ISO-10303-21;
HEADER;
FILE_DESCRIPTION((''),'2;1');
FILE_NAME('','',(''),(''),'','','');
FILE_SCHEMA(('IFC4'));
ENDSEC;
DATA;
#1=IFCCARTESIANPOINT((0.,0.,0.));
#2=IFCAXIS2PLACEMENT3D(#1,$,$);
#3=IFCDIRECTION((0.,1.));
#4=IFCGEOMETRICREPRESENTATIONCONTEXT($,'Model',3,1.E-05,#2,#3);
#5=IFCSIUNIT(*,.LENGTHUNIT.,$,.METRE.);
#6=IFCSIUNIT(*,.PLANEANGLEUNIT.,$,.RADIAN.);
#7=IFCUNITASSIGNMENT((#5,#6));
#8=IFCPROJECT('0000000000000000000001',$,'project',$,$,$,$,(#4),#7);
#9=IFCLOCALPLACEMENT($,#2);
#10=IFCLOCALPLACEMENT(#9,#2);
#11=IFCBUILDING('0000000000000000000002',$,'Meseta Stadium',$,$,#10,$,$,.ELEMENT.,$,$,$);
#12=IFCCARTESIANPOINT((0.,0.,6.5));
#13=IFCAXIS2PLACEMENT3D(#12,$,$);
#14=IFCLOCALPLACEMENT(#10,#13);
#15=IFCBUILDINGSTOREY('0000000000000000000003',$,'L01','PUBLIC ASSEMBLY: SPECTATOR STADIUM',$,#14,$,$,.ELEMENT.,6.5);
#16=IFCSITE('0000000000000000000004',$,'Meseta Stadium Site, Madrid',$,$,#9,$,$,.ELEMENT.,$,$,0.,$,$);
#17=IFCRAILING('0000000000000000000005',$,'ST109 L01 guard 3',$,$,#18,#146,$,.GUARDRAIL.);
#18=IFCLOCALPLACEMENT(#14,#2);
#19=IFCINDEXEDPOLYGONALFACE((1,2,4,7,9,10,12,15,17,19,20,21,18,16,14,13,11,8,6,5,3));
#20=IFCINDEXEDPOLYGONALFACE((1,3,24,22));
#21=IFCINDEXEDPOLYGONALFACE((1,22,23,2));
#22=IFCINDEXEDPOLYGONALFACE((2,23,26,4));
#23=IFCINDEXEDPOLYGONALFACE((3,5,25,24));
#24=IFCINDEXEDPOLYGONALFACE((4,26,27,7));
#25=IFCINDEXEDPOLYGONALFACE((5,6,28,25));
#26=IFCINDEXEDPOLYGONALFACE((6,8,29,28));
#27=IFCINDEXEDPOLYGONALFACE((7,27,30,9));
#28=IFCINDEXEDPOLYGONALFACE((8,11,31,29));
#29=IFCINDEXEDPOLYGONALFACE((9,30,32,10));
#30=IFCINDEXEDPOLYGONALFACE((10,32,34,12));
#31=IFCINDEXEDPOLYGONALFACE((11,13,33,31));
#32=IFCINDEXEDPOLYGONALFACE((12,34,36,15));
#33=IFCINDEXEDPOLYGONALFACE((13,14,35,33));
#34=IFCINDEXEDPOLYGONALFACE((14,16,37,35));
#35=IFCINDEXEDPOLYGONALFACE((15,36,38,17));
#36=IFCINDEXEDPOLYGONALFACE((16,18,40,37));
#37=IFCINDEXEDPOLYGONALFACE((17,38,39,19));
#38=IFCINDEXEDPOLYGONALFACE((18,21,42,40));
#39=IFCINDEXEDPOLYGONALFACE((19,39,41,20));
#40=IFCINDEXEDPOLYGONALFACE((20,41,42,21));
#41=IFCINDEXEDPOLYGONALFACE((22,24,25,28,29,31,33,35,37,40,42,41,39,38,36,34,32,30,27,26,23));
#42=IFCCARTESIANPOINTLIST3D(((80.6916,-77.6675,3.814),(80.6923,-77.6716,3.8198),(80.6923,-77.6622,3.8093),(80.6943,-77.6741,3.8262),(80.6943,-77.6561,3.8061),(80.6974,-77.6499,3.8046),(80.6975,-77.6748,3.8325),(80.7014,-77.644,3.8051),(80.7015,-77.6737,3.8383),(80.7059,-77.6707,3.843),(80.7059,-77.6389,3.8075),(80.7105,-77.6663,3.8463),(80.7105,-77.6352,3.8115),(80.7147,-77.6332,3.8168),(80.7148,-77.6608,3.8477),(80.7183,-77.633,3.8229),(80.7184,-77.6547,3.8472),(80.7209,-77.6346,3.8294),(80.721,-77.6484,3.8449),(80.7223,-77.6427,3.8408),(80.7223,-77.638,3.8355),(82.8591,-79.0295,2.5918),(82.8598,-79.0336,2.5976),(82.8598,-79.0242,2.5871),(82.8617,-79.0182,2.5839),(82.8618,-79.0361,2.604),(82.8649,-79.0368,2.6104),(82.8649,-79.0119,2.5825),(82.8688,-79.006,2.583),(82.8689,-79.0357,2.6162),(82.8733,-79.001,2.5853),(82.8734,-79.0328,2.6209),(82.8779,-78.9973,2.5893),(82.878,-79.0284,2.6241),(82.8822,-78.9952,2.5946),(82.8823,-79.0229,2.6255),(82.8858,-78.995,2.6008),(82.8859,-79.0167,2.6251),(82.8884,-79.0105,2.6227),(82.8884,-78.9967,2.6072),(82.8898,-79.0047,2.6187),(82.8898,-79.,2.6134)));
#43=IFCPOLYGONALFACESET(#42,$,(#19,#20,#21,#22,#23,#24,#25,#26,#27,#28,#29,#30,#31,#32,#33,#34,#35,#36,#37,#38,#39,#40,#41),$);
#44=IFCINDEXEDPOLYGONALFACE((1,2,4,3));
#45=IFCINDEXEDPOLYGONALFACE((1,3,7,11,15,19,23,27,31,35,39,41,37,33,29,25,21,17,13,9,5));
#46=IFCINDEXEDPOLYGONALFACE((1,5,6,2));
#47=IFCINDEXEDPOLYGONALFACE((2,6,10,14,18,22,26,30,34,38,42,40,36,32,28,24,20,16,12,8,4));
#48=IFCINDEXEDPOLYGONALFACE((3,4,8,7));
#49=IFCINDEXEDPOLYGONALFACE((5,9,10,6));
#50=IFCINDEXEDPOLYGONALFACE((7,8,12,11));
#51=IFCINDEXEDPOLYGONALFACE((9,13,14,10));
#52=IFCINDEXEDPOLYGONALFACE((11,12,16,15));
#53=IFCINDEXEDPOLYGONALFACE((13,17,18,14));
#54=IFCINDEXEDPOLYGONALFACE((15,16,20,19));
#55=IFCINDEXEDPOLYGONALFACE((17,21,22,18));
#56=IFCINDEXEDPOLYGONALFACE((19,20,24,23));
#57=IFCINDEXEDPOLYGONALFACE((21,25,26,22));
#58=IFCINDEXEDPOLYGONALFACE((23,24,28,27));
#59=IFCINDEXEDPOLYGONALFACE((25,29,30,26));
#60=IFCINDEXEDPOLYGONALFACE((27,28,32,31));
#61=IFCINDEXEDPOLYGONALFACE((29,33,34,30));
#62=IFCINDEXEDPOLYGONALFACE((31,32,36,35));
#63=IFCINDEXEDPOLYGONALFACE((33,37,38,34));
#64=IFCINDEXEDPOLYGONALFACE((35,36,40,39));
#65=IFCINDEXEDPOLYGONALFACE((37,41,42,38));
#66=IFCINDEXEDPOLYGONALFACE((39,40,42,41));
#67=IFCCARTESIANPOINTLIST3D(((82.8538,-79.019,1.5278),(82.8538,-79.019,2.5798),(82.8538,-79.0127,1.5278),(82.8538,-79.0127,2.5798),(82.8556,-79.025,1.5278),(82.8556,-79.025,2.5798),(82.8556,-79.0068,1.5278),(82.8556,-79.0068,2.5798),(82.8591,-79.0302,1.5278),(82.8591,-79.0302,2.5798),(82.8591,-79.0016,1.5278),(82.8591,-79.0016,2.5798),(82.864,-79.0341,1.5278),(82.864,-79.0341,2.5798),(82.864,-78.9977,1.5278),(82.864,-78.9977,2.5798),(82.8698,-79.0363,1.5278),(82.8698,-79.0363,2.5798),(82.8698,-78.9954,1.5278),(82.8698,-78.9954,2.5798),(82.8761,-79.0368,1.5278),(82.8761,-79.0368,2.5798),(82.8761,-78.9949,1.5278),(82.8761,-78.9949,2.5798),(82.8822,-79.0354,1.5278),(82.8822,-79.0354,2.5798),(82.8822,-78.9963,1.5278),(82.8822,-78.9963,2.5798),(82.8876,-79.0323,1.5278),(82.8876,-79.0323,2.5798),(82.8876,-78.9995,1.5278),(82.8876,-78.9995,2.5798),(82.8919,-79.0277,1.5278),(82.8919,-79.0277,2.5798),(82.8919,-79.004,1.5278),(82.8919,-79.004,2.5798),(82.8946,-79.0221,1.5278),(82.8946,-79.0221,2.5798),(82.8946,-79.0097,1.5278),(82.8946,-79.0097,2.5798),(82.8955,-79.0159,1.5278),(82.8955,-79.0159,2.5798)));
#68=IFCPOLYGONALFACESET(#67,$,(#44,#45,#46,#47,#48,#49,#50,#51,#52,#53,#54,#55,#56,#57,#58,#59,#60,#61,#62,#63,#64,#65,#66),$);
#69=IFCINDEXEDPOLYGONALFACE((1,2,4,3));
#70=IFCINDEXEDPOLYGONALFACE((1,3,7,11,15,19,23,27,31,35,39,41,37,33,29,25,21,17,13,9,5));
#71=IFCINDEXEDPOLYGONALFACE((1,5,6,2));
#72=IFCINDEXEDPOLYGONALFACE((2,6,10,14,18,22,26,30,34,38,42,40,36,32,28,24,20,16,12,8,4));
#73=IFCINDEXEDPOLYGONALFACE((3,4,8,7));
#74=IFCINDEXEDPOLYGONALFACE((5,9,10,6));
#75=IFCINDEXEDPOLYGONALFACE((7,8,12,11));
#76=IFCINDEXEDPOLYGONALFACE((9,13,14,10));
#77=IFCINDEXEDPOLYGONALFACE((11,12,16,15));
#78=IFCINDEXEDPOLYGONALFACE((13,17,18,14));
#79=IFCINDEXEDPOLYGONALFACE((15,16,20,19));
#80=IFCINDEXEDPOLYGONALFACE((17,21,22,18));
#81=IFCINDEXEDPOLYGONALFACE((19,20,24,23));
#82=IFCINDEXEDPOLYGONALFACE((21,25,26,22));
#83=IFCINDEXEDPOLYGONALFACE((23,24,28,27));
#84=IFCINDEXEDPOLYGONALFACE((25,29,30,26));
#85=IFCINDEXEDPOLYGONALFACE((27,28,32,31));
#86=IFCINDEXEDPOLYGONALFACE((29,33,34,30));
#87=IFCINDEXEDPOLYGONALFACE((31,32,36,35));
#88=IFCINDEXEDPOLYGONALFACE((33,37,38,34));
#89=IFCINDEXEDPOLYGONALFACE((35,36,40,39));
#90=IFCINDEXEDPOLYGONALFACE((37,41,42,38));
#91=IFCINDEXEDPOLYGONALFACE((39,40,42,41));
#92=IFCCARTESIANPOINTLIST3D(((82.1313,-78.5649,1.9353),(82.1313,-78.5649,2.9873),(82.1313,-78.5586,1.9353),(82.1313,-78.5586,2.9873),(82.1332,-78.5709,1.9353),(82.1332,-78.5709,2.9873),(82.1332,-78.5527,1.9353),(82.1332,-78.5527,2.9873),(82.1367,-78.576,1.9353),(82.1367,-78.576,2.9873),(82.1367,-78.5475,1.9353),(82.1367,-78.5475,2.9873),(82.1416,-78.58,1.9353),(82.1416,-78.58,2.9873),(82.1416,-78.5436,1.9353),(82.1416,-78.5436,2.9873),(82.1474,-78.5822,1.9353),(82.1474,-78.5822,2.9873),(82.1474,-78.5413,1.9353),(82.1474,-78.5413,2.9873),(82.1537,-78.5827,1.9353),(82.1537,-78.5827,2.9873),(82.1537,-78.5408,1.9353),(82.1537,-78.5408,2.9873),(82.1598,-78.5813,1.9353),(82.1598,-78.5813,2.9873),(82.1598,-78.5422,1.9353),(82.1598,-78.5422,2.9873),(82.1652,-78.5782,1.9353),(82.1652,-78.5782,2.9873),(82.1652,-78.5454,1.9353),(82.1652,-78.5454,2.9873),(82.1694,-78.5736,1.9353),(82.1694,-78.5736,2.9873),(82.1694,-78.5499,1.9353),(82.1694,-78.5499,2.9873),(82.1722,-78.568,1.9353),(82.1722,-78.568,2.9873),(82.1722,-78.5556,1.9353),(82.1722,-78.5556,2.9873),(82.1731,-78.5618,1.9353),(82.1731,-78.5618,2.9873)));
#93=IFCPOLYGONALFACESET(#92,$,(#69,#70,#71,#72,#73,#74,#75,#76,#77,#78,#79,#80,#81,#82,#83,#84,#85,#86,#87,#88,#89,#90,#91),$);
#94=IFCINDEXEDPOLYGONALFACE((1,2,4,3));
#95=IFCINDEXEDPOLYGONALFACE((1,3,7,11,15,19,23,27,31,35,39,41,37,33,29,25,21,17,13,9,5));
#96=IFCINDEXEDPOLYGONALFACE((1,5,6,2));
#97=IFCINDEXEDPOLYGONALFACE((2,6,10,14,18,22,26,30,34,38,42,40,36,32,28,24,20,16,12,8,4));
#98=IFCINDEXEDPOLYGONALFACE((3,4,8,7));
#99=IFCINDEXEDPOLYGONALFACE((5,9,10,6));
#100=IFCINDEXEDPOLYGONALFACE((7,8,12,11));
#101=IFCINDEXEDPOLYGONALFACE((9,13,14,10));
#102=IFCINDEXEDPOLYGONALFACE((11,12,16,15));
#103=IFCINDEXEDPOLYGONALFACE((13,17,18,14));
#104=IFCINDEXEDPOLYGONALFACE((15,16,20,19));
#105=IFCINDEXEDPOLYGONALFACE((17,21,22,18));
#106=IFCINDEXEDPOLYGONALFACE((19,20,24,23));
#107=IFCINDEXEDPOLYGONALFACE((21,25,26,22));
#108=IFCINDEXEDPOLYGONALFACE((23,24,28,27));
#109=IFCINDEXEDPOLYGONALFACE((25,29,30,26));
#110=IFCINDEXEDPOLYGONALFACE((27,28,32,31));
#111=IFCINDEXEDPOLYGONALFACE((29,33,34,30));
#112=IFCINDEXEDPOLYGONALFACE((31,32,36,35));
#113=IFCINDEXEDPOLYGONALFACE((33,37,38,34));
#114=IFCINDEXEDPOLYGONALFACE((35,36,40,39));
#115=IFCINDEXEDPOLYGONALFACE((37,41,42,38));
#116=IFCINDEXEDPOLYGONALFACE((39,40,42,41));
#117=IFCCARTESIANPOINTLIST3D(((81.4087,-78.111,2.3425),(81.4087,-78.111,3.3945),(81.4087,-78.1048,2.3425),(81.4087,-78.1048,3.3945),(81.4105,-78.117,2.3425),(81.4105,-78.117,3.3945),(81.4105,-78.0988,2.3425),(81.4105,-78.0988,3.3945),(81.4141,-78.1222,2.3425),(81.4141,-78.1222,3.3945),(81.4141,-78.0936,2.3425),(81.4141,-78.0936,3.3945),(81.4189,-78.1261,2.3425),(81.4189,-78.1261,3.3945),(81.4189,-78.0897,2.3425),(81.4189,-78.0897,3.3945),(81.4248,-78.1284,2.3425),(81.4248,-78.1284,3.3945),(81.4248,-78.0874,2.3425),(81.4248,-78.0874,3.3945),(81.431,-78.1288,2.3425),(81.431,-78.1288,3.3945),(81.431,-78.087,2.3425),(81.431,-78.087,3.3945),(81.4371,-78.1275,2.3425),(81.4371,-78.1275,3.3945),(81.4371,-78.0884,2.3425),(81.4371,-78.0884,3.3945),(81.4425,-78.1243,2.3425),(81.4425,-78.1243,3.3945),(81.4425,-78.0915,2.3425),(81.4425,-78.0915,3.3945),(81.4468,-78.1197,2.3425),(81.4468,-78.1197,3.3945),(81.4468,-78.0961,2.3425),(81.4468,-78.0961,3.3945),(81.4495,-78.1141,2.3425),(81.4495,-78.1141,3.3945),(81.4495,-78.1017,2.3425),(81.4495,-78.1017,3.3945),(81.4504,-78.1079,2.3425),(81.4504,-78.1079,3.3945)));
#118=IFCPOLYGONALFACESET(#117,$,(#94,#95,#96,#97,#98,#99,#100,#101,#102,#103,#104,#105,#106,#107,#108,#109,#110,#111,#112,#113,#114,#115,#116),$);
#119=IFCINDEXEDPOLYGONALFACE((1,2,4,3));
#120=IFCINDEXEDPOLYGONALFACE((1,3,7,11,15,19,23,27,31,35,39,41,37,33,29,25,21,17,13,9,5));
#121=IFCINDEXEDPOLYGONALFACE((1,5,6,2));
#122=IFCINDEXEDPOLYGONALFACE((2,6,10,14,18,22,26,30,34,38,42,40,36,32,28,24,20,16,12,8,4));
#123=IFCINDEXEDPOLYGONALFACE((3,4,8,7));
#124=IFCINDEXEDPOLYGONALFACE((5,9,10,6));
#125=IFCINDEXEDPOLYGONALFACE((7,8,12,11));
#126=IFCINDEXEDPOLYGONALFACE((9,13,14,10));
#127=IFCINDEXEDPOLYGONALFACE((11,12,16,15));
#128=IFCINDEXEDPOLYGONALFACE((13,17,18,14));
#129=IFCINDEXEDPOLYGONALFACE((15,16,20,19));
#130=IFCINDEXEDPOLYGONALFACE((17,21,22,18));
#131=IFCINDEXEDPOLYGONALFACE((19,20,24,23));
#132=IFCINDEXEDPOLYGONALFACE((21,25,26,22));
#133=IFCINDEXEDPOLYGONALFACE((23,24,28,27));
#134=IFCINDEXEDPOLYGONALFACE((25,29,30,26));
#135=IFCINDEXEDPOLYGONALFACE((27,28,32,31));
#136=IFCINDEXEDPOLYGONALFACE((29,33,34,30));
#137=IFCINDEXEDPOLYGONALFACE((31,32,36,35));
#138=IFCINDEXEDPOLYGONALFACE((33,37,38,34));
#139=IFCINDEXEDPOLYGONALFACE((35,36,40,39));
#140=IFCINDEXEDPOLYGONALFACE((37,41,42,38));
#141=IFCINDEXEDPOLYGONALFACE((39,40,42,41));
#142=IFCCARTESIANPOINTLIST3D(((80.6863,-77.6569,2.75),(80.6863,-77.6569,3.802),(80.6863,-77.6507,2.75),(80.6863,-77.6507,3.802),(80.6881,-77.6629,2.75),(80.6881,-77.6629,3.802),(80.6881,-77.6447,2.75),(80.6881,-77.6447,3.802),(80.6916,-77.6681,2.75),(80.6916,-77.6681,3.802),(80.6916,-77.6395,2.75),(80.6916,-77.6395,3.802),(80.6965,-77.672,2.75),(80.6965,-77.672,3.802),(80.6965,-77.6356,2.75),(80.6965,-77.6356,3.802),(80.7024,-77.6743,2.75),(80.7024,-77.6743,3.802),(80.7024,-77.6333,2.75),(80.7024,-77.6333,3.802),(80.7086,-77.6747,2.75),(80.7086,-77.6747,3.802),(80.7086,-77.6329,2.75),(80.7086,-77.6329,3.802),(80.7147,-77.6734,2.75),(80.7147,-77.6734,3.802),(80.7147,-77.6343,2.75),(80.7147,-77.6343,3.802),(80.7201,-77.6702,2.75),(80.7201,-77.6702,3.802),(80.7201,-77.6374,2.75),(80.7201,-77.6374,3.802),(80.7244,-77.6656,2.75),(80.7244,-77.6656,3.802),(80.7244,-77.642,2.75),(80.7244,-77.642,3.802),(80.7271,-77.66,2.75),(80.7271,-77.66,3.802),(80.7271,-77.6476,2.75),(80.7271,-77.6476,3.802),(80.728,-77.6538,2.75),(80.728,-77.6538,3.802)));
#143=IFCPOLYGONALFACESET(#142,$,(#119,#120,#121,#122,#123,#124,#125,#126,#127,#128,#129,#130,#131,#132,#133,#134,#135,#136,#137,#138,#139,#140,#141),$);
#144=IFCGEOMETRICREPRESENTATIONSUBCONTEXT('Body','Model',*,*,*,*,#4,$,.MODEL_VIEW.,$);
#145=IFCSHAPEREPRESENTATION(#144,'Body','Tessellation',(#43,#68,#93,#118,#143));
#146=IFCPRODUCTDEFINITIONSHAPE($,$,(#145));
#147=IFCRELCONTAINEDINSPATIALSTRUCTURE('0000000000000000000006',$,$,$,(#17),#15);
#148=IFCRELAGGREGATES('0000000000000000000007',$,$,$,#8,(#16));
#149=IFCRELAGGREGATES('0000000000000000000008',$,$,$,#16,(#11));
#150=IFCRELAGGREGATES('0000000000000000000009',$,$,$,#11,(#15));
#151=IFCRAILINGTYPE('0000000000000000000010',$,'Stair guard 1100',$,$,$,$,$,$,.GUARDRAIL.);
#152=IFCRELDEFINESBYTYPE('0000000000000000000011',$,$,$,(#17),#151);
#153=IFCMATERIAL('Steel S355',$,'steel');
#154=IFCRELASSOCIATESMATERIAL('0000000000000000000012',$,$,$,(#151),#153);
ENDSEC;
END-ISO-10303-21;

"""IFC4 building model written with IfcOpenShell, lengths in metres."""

from ifc_helpers import new_model, si_unit, direction, frame, origin, origin_2d, place, context, subcontext, project, spatial, circle, extrude, material, type_object, element, save


model = new_model("IFC4")

# Units and contexts
model_context = context("Model", 3, precision=1e-05, world=origin(), true_north=direction((0.0, 1.0)))
body_context = subcontext(model_context, "Body", "Model", "MODEL_VIEW")
ifc_project = project(units=[si_unit("LENGTHUNIT", "METRE"), si_unit("PLANEANGLEUNIT", "RADIAN")], contexts=[model_context])

# Site, building, storey
site_placement = place(None, origin())
site = spatial("IfcSite", under=ifc_project, at=site_placement, Name="Meseta Stadium Site, Madrid", CompositionType="ELEMENT", RefElevation=0.0)
building_placement = place(site_placement, origin())
building = spatial("IfcBuilding", under=site, at=building_placement, Name="Meseta Stadium", CompositionType="ELEMENT")
storey_placement = place(building_placement, frame((0.0, 0.0, 6.5)))
storey = spatial("IfcBuildingStorey", under=building, at=storey_placement, Name="L01", Description="PUBLIC ASSEMBLY: SPECTATOR STADIUM", CompositionType="ELEMENT", Elevation=6.5)

# Railing
ifc_material_1 = material(Name="Steel S355", Category="steel")
railing_type_1 = type_object("IfcRailingType", Name="Stair guard 1100", PredefinedType="GUARDRAIL", material=ifc_material_1)
railing_1_placement = place(storey_placement, frame((82.8745, -79.0159, 1.5278)))
element("IfcRailing", 1, at=railing_1_placement, inside=storey, type_object=railing_type_1, Name="ST109 L01 guard 3", PredefinedType="GUARDRAIL", context=body_context, shape_type="SweptSolid", body=[
    extrude(circle(Radius=0.0239, at=origin_2d()), frame((0.0, 0.0, 1.0762), z_axis=(-0.764085, 0.480156, 0.430841), x_axis=(-0.532072, -0.846699, 0.0)), (0.0, 0.0, 1.0), 2.8367),
    extrude(circle(Radius=0.021, at=origin_2d()), origin(), (0.0, 0.0, 1.0), 1.052),
    extrude(circle(Radius=0.021, at=origin_2d()), frame((-0.7224, 0.4541, 0.4075)), (0.0, 0.0, 1.0), 1.052),
    extrude(circle(Radius=0.021, at=origin_2d()), frame((-1.4451, 0.908, 0.8147)), (0.0, 0.0, 1.0), 1.052),
    extrude(circle(Radius=0.021, at=origin_2d()), frame((-2.1675, 1.3621, 1.2222)), (0.0, 0.0, 1.0), 1.052),
])

save(model, "model.ifc")
